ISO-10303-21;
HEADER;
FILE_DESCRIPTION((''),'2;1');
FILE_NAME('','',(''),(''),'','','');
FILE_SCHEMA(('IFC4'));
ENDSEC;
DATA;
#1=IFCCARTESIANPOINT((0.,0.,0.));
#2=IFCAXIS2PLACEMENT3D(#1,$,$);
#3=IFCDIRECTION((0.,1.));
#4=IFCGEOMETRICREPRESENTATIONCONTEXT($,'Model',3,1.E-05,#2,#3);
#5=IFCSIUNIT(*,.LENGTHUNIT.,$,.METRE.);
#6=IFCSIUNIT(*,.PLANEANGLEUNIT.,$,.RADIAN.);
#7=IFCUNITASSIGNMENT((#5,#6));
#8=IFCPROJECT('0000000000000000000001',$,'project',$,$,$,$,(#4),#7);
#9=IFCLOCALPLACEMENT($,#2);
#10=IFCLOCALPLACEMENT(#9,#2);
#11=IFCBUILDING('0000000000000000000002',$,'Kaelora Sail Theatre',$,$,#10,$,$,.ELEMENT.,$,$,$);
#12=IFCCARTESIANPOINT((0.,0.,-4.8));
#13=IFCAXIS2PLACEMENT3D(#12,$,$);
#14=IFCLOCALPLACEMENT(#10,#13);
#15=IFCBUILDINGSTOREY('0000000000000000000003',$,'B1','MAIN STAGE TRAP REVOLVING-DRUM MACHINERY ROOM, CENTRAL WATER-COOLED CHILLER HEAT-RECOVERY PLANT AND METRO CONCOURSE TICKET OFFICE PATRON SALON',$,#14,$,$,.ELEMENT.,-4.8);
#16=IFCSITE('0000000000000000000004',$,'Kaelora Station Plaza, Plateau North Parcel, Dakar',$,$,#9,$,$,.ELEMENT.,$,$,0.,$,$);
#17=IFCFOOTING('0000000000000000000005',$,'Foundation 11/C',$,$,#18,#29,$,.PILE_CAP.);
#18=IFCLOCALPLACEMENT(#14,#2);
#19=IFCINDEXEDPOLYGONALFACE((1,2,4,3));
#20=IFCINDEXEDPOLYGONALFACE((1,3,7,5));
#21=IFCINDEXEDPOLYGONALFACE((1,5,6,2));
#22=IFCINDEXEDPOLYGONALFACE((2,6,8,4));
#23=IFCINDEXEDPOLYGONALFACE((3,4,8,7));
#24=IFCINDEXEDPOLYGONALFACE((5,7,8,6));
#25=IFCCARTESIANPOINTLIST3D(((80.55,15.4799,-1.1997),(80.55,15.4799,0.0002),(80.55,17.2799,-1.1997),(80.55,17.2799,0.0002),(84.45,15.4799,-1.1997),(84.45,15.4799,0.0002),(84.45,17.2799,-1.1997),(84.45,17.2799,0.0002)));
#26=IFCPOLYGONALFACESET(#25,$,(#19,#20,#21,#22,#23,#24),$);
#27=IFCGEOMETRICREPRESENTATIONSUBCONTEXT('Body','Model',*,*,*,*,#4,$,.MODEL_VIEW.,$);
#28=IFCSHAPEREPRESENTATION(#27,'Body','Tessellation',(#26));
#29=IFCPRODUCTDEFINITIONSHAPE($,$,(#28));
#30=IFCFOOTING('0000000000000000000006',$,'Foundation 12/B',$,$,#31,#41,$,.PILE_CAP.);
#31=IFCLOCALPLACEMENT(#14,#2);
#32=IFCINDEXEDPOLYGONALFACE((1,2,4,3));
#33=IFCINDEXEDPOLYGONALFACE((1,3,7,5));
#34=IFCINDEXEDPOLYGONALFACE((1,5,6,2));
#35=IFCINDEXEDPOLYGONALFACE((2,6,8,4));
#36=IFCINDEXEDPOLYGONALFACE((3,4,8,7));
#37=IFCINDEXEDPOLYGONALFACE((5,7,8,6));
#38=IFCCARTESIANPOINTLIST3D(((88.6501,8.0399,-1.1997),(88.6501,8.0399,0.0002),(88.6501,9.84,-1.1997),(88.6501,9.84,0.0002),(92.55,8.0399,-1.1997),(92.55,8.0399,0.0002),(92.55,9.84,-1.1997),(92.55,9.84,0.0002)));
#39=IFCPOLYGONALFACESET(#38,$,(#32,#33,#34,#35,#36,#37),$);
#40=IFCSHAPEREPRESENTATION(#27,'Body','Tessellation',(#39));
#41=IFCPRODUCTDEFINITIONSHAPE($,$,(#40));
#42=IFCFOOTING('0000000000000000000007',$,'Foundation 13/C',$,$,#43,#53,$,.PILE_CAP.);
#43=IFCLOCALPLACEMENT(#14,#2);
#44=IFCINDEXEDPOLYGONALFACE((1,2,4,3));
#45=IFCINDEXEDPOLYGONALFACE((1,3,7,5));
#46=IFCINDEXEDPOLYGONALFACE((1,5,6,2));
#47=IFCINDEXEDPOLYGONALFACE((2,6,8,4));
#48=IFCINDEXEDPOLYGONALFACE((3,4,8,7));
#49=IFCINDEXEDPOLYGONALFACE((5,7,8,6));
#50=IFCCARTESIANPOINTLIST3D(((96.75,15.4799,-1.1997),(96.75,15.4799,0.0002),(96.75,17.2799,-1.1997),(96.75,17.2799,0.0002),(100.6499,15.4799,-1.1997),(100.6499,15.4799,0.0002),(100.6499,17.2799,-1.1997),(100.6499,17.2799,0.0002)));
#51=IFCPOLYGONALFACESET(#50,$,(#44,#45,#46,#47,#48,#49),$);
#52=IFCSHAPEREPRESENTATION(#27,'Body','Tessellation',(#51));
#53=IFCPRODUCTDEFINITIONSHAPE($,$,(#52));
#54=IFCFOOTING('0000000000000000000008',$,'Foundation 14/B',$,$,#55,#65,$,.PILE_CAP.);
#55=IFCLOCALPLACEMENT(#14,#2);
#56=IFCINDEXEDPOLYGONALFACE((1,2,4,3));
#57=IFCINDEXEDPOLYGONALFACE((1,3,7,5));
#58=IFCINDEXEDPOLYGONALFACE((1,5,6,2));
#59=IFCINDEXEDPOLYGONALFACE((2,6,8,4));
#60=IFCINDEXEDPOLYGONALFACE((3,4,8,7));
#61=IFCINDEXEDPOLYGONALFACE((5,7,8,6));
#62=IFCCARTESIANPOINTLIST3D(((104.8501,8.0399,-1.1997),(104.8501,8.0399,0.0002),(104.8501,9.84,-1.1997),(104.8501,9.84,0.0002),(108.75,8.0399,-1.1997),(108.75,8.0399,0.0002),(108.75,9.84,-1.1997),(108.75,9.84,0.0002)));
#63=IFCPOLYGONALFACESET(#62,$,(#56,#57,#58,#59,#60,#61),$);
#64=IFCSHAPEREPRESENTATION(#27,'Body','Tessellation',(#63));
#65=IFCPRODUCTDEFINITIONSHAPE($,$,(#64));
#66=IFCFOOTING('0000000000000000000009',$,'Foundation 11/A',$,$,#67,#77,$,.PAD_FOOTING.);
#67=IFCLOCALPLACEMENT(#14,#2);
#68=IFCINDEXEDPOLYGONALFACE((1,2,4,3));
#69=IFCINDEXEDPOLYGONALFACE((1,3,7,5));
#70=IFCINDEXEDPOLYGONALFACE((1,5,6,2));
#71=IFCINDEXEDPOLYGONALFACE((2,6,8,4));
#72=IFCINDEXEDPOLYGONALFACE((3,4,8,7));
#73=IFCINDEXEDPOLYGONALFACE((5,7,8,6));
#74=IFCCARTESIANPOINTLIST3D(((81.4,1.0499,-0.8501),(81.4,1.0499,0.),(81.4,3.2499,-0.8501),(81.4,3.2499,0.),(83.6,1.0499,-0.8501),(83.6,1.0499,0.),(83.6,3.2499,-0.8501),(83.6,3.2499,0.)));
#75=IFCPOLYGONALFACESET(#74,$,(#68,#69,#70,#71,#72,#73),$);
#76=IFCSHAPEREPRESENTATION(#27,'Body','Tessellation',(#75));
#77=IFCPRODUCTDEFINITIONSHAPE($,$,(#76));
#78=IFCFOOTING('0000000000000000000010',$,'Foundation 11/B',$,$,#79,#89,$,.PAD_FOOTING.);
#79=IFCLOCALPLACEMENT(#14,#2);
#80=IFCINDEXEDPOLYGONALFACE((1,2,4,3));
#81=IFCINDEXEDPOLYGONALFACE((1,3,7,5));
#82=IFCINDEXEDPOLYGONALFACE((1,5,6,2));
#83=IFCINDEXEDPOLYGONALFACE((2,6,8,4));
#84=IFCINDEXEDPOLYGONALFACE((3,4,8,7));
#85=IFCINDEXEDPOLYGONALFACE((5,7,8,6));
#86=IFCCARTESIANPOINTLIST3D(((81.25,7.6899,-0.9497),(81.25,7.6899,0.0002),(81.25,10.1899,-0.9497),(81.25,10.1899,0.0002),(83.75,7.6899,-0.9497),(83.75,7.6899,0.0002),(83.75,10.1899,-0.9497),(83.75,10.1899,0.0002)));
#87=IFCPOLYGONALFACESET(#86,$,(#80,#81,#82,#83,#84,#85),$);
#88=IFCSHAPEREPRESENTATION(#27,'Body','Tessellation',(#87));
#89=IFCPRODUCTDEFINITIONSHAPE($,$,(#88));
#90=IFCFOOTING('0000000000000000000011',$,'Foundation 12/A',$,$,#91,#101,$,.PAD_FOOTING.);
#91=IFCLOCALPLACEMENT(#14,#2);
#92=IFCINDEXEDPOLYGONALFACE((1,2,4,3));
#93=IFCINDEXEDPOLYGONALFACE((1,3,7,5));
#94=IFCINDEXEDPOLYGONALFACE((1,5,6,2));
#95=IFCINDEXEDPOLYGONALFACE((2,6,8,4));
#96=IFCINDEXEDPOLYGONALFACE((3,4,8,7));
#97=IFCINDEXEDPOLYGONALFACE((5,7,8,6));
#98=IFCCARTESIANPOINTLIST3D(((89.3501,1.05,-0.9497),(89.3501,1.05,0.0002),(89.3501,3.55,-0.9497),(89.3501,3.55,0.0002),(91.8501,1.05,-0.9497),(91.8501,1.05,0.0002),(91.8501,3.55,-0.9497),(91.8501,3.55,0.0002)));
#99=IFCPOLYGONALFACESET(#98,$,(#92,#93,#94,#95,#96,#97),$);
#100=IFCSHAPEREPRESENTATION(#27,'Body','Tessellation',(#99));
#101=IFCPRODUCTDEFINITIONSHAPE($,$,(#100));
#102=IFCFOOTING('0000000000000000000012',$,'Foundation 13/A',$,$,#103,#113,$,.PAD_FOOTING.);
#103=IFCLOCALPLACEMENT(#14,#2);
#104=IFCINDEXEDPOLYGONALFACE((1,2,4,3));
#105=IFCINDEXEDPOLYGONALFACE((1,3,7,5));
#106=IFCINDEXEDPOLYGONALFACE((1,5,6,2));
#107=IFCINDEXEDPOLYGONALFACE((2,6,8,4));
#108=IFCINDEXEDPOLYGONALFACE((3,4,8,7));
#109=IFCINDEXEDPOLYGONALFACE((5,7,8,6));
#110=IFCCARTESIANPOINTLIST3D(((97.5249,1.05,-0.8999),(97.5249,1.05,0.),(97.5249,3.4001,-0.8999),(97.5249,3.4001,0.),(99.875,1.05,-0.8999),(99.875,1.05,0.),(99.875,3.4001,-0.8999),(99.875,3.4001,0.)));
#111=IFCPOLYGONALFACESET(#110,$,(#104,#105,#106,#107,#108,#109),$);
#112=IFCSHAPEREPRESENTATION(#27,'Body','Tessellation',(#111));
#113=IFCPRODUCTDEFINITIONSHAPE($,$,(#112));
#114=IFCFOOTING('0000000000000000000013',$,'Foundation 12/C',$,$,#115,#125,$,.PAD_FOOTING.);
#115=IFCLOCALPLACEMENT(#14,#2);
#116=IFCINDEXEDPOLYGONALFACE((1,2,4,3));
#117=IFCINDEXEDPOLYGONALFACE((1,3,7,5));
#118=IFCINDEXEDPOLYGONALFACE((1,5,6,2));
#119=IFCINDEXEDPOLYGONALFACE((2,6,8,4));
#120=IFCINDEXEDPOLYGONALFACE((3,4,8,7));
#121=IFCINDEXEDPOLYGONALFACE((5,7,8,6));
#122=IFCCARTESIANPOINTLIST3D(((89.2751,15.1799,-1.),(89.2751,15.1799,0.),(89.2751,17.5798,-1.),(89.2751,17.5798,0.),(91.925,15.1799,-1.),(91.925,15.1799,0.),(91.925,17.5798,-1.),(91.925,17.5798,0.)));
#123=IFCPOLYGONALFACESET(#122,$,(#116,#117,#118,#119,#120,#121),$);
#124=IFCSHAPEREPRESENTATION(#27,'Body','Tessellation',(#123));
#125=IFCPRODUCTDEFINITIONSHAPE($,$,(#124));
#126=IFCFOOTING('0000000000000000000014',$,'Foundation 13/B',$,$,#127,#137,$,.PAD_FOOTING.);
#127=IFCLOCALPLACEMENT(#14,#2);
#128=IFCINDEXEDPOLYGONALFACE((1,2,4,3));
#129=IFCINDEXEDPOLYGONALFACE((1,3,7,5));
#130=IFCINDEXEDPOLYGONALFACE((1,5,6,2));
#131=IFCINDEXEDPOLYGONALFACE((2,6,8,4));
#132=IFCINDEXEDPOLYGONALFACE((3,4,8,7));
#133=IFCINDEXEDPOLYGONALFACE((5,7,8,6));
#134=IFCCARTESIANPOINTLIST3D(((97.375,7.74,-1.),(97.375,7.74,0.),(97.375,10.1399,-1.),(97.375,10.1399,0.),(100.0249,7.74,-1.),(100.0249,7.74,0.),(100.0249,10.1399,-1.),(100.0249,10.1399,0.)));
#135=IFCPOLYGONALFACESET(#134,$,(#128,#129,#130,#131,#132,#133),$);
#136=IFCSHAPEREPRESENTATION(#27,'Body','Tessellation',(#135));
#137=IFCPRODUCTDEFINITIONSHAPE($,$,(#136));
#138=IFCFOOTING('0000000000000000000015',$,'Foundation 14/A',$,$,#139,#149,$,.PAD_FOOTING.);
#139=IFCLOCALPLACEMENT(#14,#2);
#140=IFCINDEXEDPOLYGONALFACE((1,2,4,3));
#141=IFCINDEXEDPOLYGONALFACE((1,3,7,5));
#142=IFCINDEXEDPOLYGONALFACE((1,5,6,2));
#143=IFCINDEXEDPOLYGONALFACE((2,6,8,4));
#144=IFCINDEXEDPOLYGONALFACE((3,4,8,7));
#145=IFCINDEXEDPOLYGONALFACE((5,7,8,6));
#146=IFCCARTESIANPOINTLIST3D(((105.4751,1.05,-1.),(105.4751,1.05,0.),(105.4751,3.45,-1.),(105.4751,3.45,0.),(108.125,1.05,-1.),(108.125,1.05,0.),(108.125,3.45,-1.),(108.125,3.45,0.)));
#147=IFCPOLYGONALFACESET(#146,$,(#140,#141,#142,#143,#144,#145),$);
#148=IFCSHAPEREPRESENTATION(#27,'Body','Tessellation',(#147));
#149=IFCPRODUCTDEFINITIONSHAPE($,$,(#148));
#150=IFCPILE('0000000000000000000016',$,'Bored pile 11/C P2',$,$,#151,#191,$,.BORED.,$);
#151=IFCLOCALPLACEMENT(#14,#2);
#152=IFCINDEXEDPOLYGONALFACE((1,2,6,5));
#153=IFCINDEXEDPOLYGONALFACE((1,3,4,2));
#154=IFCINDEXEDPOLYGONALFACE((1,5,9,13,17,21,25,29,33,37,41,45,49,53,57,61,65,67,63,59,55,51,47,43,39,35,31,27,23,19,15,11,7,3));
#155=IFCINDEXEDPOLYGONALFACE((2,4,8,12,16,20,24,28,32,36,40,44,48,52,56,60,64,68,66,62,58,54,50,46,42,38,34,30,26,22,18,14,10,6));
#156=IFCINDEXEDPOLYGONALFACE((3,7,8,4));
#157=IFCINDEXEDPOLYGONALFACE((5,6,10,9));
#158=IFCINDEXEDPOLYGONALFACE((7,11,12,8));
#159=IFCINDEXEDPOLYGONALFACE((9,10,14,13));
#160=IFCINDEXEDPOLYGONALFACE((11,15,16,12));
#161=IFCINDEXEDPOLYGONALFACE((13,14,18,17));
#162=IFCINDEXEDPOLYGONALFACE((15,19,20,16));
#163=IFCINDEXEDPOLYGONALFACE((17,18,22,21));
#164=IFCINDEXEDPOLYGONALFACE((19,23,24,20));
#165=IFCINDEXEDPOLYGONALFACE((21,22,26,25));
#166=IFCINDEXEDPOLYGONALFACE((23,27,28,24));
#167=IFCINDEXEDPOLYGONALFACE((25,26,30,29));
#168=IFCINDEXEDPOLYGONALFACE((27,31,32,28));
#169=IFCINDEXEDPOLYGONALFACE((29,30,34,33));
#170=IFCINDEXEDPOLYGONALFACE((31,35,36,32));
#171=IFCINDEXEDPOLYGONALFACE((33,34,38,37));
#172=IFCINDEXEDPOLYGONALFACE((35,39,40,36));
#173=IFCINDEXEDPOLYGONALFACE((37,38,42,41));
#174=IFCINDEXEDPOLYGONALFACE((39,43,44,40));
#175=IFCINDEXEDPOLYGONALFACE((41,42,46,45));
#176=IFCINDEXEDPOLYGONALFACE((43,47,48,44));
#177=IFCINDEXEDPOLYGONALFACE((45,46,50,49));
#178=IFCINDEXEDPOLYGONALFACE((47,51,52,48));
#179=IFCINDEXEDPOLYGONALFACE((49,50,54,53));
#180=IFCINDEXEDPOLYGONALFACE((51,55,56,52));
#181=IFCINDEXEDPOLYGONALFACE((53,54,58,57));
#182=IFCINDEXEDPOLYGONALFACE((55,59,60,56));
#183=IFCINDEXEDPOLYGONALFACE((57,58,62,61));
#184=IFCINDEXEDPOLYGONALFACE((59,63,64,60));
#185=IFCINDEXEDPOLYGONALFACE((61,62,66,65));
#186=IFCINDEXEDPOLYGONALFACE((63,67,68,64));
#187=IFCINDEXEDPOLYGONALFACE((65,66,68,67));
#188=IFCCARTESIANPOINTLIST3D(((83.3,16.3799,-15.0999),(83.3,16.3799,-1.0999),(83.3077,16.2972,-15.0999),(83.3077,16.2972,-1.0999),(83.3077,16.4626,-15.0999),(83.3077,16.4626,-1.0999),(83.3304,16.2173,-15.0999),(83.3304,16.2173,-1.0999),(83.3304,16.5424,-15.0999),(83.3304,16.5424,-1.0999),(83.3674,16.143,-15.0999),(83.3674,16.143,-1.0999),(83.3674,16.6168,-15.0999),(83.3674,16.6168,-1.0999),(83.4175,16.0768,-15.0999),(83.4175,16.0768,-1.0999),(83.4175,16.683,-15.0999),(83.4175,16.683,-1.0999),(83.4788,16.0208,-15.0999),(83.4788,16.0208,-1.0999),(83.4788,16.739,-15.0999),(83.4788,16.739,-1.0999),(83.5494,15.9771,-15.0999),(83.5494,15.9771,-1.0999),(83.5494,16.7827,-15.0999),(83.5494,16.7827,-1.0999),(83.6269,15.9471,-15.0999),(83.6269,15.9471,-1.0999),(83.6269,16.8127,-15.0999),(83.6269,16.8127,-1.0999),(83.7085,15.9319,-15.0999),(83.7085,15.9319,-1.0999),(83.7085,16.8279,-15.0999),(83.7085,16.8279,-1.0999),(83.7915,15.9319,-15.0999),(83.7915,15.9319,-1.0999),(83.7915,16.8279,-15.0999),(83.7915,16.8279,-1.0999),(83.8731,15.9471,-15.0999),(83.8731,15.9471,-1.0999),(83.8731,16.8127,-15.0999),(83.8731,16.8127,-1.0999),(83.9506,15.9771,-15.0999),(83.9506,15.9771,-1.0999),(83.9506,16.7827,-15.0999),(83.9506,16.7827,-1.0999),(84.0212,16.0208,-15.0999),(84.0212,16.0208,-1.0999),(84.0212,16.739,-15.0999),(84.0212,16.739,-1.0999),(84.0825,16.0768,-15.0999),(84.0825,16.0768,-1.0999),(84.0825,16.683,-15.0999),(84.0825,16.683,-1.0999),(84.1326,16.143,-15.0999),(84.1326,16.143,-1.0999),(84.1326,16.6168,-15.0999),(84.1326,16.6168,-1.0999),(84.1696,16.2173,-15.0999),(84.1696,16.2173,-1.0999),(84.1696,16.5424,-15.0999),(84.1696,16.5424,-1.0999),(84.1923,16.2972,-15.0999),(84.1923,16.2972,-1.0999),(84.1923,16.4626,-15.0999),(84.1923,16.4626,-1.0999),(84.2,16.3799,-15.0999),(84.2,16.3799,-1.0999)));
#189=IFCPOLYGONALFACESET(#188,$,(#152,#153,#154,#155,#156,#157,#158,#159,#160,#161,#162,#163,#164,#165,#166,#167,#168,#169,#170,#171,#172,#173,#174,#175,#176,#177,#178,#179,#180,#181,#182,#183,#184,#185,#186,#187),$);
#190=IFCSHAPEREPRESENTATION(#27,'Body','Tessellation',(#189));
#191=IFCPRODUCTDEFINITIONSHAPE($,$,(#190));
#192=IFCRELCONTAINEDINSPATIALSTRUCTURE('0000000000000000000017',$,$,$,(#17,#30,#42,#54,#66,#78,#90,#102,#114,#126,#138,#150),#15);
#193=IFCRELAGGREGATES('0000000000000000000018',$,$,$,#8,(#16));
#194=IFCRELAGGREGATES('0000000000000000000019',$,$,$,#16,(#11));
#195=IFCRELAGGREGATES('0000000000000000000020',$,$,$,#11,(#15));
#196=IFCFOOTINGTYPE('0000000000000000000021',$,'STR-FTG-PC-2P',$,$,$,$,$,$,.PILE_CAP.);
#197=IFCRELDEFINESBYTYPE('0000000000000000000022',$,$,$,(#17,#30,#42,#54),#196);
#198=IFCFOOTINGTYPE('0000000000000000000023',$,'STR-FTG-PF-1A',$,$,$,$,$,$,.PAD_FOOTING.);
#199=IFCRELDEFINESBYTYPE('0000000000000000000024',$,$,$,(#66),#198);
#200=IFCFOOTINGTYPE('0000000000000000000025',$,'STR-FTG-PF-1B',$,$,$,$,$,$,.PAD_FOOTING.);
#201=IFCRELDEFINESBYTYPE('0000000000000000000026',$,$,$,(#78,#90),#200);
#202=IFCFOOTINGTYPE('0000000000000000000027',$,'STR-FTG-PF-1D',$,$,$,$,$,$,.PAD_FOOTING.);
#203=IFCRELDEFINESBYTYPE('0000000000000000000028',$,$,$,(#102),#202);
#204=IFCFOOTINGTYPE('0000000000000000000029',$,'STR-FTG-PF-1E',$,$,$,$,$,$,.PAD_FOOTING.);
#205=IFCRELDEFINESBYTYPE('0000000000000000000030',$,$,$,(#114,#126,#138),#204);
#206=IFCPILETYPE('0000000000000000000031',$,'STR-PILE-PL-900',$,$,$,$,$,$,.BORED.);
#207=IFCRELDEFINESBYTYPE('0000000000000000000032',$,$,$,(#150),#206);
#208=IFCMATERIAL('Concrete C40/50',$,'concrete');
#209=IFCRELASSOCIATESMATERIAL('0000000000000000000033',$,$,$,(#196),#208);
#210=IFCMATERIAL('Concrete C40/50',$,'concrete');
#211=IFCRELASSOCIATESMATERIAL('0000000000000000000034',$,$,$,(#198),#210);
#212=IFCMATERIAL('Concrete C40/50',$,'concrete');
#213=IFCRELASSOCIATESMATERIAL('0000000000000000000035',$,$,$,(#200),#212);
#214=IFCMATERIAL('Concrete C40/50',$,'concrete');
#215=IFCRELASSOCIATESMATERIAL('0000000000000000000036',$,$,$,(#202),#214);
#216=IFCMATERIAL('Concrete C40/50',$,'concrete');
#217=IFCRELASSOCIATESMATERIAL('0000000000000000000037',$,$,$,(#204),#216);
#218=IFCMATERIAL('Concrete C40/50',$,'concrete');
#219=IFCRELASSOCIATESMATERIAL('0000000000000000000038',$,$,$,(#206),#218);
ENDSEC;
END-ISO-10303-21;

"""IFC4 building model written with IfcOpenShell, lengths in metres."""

from ifc_helpers import new_model, si_unit, direction, frame, origin, origin_2d, place, context, subcontext, project, spatial, rectangle, circle, extrude, material, material_profile, profile_set, type_object, element, save


model = new_model("IFC4")

# Units and contexts
model_context = context("Model", 3, precision=1e-05, world=origin(), true_north=direction((0.0, 1.0)))
body_context = subcontext(model_context, "Body", "Model", "MODEL_VIEW")
ifc_project = project(units=[si_unit("LENGTHUNIT", "METRE"), si_unit("PLANEANGLEUNIT", "RADIAN")], contexts=[model_context])

# Site, building, storey
site_placement = place(None, origin())
site = spatial("IfcSite", under=ifc_project, at=site_placement, Name="Kaelora Station Plaza, Plateau North Parcel, Dakar", CompositionType="ELEMENT", RefElevation=0.0)
building_placement = place(site_placement, origin())
building = spatial("IfcBuilding", under=site, at=building_placement, Name="Kaelora Sail Theatre", CompositionType="ELEMENT")
storey_placement = place(building_placement, frame((0.0, 0.0, -4.8)))
storey = spatial("IfcBuildingStorey", under=building, at=storey_placement, Name="B1", Description="MAIN STAGE TRAP REVOLVING-DRUM MACHINERY ROOM, CENTRAL WATER-COOLED CHILLER HEAT-RECOVERY PLANT AND METRO CONCOURSE TICKET OFFICE PATRON SALON", CompositionType="ELEMENT", Elevation=-4.8)

# Footings
ifc_material_1 = material(Name="Concrete C40/50", Category="concrete")
footing_type_1 = type_object("IfcFootingType", Name="STR-FTG-PC-2P", PredefinedType="PILE_CAP", material=ifc_material_1)
for number, where, z_axis, x_axis, name in (
    (1, (82.5, 16.3799, -1.1997), (0.0, 0.0, 1.0), (1.0, 0.0, 0.0), "Foundation 11/C"),
    (2, (90.6001, 8.9399, -1.1997), (0.0, 0.0, 1.0), (1.0, 0.0, 0.0), "Foundation 12/B"),
    (3, (98.7, 16.3799, -1.1997), (0.0, 0.0, 1.0), (1.0, 0.0, 0.0), "Foundation 13/C"),
    (4, (106.8, 8.9399, -1.1997), (0.0, 0.0, 1.0), (1.0, 0.0, 0.0), "Foundation 14/B"),
):
    element("IfcFooting", number, at=place(storey_placement, frame(where, z_axis=z_axis, x_axis=x_axis)), inside=storey, type_object=footing_type_1, Name=name, PredefinedType="PILE_CAP", context=body_context, shape_type="SweptSolid", body=[
        extrude(rectangle(XDim=3.8999, YDim=1.8, at=origin_2d()), origin(), (0.0, 0.0, 1.0), 1.2),
    ])
ifc_material_2 = material(Name="Concrete C40/50", Category="concrete")
footing_type_2 = type_object("IfcFootingType", Name="STR-FTG-PF-1A", PredefinedType="PAD_FOOTING", material=ifc_material_2)
footing_1_placement = place(storey_placement, frame((82.5, 2.1499, -0.8501), z_axis=(0.0, 0.0, 1.0), x_axis=(1.0, 0.0, 0.0)))
element("IfcFooting", 5, at=footing_1_placement, inside=storey, type_object=footing_type_2, Name="Foundation 11/A", PredefinedType="PAD_FOOTING", context=body_context, shape_type="SweptSolid", body=[
    extrude(rectangle(XDim=2.2, YDim=2.2, at=origin_2d()), origin(), (0.0, 0.0, 1.0), 0.8501),
])
ifc_material_3 = material(Name="Concrete C40/50", Category="concrete")
footing_type_3 = type_object("IfcFootingType", Name="STR-FTG-PF-1B", PredefinedType="PAD_FOOTING", material=ifc_material_3)
for number, where, z_axis, x_axis, name in (
    (6, (82.5, 8.9399, -0.9497), (0.0, 0.0, 1.0), (1.0, 0.0, 0.0), "Foundation 11/B"),
    (7, (90.6001, 2.3, -0.9497), (0.0, 0.0, 1.0), (1.0, 0.0, 0.0), "Foundation 12/A"),
):
    element("IfcFooting", number, at=place(storey_placement, frame(where, z_axis=z_axis, x_axis=x_axis)), inside=storey, type_object=footing_type_3, Name=name, PredefinedType="PAD_FOOTING", context=body_context, shape_type="SweptSolid", body=[
        extrude(rectangle(XDim=2.5, YDim=2.5, at=origin_2d()), origin(), (0.0, 0.0, 1.0), 0.95),
    ])
ifc_material_4 = material(Name="Concrete C40/50", Category="concrete")
footing_type_4 = type_object("IfcFootingType", Name="STR-FTG-PF-1D", PredefinedType="PAD_FOOTING", material=ifc_material_4)
footing_2_placement = place(storey_placement, frame((98.7, 2.2251, -0.8999), z_axis=(0.0, 0.0, 1.0), x_axis=(1.0, 0.0, 0.0)))
element("IfcFooting", 8, at=footing_2_placement, inside=storey, type_object=footing_type_4, Name="Foundation 13/A", PredefinedType="PAD_FOOTING", context=body_context, shape_type="SweptSolid", body=[
    extrude(rectangle(XDim=2.3501, YDim=2.3501, at=origin_2d()), origin(), (0.0, 0.0, 1.0), 0.8999),
])
ifc_material_5 = material(Name="Concrete C40/50", Category="concrete")
footing_type_5 = type_object("IfcFootingType", Name="STR-FTG-PF-1E", PredefinedType="PAD_FOOTING", material=ifc_material_5)
for number, where, z_axis, x_axis, name in (
    (9, (90.6001, 16.3799, -1.0), (0.0, 0.0, 1.0), (1.0, 0.0, 0.0), "Foundation 12/C"),
    (10, (98.7, 8.9399, -1.0), (0.0, 0.0, 1.0), (1.0, 0.0, 0.0), "Foundation 13/B"),
    (11, (106.8, 2.25, -1.0), (0.0, 0.0, 1.0), (1.0, 0.0, 0.0), "Foundation 14/A"),
):
    element("IfcFooting", number, at=place(storey_placement, frame(where, z_axis=z_axis, x_axis=x_axis)), inside=storey, type_object=footing_type_5, Name=name, PredefinedType="PAD_FOOTING", context=body_context, shape_type="SweptSolid", body=[
        extrude(rectangle(XDim=2.6499, YDim=2.3999, at=origin_2d()), origin(), (0.0, 0.0, 1.0), 1.0),
    ])

# Pile
ifc_material_6 = material(Name="Concrete C40/50", Category="concrete")
ifc_material_profile_1 = material_profile(ifc_material_6, circle(Radius=0.45, at=origin_2d()), Name="PILE D900")
ifc_profile_set_1 = profile_set([ifc_material_profile_1], Name="Concrete C40/50")
pile_type = type_object("IfcPileType", Name="STR-PILE-PL-900", PredefinedType="BORED", material=ifc_profile_set_1)
for number, where, z_axis, x_axis, name in (
    (12, (83.75, 16.3799, -1.0999), (0.0, 0.0, -1.0), (1.0, 0.0, 0.0), "Bored pile 11/C P2"),
):
    element("IfcPile", number, at=place(storey_placement, frame(where, z_axis=z_axis, x_axis=x_axis)), inside=storey, type_object=pile_type, Name=name, PredefinedType="BORED", context=body_context, shape_type="SweptSolid", body=[
        extrude(circle(Radius=0.45, at=origin_2d()), origin(), (0.0, 0.0, 1.0), 14.0),
    ])

save(model, "model.ifc")
